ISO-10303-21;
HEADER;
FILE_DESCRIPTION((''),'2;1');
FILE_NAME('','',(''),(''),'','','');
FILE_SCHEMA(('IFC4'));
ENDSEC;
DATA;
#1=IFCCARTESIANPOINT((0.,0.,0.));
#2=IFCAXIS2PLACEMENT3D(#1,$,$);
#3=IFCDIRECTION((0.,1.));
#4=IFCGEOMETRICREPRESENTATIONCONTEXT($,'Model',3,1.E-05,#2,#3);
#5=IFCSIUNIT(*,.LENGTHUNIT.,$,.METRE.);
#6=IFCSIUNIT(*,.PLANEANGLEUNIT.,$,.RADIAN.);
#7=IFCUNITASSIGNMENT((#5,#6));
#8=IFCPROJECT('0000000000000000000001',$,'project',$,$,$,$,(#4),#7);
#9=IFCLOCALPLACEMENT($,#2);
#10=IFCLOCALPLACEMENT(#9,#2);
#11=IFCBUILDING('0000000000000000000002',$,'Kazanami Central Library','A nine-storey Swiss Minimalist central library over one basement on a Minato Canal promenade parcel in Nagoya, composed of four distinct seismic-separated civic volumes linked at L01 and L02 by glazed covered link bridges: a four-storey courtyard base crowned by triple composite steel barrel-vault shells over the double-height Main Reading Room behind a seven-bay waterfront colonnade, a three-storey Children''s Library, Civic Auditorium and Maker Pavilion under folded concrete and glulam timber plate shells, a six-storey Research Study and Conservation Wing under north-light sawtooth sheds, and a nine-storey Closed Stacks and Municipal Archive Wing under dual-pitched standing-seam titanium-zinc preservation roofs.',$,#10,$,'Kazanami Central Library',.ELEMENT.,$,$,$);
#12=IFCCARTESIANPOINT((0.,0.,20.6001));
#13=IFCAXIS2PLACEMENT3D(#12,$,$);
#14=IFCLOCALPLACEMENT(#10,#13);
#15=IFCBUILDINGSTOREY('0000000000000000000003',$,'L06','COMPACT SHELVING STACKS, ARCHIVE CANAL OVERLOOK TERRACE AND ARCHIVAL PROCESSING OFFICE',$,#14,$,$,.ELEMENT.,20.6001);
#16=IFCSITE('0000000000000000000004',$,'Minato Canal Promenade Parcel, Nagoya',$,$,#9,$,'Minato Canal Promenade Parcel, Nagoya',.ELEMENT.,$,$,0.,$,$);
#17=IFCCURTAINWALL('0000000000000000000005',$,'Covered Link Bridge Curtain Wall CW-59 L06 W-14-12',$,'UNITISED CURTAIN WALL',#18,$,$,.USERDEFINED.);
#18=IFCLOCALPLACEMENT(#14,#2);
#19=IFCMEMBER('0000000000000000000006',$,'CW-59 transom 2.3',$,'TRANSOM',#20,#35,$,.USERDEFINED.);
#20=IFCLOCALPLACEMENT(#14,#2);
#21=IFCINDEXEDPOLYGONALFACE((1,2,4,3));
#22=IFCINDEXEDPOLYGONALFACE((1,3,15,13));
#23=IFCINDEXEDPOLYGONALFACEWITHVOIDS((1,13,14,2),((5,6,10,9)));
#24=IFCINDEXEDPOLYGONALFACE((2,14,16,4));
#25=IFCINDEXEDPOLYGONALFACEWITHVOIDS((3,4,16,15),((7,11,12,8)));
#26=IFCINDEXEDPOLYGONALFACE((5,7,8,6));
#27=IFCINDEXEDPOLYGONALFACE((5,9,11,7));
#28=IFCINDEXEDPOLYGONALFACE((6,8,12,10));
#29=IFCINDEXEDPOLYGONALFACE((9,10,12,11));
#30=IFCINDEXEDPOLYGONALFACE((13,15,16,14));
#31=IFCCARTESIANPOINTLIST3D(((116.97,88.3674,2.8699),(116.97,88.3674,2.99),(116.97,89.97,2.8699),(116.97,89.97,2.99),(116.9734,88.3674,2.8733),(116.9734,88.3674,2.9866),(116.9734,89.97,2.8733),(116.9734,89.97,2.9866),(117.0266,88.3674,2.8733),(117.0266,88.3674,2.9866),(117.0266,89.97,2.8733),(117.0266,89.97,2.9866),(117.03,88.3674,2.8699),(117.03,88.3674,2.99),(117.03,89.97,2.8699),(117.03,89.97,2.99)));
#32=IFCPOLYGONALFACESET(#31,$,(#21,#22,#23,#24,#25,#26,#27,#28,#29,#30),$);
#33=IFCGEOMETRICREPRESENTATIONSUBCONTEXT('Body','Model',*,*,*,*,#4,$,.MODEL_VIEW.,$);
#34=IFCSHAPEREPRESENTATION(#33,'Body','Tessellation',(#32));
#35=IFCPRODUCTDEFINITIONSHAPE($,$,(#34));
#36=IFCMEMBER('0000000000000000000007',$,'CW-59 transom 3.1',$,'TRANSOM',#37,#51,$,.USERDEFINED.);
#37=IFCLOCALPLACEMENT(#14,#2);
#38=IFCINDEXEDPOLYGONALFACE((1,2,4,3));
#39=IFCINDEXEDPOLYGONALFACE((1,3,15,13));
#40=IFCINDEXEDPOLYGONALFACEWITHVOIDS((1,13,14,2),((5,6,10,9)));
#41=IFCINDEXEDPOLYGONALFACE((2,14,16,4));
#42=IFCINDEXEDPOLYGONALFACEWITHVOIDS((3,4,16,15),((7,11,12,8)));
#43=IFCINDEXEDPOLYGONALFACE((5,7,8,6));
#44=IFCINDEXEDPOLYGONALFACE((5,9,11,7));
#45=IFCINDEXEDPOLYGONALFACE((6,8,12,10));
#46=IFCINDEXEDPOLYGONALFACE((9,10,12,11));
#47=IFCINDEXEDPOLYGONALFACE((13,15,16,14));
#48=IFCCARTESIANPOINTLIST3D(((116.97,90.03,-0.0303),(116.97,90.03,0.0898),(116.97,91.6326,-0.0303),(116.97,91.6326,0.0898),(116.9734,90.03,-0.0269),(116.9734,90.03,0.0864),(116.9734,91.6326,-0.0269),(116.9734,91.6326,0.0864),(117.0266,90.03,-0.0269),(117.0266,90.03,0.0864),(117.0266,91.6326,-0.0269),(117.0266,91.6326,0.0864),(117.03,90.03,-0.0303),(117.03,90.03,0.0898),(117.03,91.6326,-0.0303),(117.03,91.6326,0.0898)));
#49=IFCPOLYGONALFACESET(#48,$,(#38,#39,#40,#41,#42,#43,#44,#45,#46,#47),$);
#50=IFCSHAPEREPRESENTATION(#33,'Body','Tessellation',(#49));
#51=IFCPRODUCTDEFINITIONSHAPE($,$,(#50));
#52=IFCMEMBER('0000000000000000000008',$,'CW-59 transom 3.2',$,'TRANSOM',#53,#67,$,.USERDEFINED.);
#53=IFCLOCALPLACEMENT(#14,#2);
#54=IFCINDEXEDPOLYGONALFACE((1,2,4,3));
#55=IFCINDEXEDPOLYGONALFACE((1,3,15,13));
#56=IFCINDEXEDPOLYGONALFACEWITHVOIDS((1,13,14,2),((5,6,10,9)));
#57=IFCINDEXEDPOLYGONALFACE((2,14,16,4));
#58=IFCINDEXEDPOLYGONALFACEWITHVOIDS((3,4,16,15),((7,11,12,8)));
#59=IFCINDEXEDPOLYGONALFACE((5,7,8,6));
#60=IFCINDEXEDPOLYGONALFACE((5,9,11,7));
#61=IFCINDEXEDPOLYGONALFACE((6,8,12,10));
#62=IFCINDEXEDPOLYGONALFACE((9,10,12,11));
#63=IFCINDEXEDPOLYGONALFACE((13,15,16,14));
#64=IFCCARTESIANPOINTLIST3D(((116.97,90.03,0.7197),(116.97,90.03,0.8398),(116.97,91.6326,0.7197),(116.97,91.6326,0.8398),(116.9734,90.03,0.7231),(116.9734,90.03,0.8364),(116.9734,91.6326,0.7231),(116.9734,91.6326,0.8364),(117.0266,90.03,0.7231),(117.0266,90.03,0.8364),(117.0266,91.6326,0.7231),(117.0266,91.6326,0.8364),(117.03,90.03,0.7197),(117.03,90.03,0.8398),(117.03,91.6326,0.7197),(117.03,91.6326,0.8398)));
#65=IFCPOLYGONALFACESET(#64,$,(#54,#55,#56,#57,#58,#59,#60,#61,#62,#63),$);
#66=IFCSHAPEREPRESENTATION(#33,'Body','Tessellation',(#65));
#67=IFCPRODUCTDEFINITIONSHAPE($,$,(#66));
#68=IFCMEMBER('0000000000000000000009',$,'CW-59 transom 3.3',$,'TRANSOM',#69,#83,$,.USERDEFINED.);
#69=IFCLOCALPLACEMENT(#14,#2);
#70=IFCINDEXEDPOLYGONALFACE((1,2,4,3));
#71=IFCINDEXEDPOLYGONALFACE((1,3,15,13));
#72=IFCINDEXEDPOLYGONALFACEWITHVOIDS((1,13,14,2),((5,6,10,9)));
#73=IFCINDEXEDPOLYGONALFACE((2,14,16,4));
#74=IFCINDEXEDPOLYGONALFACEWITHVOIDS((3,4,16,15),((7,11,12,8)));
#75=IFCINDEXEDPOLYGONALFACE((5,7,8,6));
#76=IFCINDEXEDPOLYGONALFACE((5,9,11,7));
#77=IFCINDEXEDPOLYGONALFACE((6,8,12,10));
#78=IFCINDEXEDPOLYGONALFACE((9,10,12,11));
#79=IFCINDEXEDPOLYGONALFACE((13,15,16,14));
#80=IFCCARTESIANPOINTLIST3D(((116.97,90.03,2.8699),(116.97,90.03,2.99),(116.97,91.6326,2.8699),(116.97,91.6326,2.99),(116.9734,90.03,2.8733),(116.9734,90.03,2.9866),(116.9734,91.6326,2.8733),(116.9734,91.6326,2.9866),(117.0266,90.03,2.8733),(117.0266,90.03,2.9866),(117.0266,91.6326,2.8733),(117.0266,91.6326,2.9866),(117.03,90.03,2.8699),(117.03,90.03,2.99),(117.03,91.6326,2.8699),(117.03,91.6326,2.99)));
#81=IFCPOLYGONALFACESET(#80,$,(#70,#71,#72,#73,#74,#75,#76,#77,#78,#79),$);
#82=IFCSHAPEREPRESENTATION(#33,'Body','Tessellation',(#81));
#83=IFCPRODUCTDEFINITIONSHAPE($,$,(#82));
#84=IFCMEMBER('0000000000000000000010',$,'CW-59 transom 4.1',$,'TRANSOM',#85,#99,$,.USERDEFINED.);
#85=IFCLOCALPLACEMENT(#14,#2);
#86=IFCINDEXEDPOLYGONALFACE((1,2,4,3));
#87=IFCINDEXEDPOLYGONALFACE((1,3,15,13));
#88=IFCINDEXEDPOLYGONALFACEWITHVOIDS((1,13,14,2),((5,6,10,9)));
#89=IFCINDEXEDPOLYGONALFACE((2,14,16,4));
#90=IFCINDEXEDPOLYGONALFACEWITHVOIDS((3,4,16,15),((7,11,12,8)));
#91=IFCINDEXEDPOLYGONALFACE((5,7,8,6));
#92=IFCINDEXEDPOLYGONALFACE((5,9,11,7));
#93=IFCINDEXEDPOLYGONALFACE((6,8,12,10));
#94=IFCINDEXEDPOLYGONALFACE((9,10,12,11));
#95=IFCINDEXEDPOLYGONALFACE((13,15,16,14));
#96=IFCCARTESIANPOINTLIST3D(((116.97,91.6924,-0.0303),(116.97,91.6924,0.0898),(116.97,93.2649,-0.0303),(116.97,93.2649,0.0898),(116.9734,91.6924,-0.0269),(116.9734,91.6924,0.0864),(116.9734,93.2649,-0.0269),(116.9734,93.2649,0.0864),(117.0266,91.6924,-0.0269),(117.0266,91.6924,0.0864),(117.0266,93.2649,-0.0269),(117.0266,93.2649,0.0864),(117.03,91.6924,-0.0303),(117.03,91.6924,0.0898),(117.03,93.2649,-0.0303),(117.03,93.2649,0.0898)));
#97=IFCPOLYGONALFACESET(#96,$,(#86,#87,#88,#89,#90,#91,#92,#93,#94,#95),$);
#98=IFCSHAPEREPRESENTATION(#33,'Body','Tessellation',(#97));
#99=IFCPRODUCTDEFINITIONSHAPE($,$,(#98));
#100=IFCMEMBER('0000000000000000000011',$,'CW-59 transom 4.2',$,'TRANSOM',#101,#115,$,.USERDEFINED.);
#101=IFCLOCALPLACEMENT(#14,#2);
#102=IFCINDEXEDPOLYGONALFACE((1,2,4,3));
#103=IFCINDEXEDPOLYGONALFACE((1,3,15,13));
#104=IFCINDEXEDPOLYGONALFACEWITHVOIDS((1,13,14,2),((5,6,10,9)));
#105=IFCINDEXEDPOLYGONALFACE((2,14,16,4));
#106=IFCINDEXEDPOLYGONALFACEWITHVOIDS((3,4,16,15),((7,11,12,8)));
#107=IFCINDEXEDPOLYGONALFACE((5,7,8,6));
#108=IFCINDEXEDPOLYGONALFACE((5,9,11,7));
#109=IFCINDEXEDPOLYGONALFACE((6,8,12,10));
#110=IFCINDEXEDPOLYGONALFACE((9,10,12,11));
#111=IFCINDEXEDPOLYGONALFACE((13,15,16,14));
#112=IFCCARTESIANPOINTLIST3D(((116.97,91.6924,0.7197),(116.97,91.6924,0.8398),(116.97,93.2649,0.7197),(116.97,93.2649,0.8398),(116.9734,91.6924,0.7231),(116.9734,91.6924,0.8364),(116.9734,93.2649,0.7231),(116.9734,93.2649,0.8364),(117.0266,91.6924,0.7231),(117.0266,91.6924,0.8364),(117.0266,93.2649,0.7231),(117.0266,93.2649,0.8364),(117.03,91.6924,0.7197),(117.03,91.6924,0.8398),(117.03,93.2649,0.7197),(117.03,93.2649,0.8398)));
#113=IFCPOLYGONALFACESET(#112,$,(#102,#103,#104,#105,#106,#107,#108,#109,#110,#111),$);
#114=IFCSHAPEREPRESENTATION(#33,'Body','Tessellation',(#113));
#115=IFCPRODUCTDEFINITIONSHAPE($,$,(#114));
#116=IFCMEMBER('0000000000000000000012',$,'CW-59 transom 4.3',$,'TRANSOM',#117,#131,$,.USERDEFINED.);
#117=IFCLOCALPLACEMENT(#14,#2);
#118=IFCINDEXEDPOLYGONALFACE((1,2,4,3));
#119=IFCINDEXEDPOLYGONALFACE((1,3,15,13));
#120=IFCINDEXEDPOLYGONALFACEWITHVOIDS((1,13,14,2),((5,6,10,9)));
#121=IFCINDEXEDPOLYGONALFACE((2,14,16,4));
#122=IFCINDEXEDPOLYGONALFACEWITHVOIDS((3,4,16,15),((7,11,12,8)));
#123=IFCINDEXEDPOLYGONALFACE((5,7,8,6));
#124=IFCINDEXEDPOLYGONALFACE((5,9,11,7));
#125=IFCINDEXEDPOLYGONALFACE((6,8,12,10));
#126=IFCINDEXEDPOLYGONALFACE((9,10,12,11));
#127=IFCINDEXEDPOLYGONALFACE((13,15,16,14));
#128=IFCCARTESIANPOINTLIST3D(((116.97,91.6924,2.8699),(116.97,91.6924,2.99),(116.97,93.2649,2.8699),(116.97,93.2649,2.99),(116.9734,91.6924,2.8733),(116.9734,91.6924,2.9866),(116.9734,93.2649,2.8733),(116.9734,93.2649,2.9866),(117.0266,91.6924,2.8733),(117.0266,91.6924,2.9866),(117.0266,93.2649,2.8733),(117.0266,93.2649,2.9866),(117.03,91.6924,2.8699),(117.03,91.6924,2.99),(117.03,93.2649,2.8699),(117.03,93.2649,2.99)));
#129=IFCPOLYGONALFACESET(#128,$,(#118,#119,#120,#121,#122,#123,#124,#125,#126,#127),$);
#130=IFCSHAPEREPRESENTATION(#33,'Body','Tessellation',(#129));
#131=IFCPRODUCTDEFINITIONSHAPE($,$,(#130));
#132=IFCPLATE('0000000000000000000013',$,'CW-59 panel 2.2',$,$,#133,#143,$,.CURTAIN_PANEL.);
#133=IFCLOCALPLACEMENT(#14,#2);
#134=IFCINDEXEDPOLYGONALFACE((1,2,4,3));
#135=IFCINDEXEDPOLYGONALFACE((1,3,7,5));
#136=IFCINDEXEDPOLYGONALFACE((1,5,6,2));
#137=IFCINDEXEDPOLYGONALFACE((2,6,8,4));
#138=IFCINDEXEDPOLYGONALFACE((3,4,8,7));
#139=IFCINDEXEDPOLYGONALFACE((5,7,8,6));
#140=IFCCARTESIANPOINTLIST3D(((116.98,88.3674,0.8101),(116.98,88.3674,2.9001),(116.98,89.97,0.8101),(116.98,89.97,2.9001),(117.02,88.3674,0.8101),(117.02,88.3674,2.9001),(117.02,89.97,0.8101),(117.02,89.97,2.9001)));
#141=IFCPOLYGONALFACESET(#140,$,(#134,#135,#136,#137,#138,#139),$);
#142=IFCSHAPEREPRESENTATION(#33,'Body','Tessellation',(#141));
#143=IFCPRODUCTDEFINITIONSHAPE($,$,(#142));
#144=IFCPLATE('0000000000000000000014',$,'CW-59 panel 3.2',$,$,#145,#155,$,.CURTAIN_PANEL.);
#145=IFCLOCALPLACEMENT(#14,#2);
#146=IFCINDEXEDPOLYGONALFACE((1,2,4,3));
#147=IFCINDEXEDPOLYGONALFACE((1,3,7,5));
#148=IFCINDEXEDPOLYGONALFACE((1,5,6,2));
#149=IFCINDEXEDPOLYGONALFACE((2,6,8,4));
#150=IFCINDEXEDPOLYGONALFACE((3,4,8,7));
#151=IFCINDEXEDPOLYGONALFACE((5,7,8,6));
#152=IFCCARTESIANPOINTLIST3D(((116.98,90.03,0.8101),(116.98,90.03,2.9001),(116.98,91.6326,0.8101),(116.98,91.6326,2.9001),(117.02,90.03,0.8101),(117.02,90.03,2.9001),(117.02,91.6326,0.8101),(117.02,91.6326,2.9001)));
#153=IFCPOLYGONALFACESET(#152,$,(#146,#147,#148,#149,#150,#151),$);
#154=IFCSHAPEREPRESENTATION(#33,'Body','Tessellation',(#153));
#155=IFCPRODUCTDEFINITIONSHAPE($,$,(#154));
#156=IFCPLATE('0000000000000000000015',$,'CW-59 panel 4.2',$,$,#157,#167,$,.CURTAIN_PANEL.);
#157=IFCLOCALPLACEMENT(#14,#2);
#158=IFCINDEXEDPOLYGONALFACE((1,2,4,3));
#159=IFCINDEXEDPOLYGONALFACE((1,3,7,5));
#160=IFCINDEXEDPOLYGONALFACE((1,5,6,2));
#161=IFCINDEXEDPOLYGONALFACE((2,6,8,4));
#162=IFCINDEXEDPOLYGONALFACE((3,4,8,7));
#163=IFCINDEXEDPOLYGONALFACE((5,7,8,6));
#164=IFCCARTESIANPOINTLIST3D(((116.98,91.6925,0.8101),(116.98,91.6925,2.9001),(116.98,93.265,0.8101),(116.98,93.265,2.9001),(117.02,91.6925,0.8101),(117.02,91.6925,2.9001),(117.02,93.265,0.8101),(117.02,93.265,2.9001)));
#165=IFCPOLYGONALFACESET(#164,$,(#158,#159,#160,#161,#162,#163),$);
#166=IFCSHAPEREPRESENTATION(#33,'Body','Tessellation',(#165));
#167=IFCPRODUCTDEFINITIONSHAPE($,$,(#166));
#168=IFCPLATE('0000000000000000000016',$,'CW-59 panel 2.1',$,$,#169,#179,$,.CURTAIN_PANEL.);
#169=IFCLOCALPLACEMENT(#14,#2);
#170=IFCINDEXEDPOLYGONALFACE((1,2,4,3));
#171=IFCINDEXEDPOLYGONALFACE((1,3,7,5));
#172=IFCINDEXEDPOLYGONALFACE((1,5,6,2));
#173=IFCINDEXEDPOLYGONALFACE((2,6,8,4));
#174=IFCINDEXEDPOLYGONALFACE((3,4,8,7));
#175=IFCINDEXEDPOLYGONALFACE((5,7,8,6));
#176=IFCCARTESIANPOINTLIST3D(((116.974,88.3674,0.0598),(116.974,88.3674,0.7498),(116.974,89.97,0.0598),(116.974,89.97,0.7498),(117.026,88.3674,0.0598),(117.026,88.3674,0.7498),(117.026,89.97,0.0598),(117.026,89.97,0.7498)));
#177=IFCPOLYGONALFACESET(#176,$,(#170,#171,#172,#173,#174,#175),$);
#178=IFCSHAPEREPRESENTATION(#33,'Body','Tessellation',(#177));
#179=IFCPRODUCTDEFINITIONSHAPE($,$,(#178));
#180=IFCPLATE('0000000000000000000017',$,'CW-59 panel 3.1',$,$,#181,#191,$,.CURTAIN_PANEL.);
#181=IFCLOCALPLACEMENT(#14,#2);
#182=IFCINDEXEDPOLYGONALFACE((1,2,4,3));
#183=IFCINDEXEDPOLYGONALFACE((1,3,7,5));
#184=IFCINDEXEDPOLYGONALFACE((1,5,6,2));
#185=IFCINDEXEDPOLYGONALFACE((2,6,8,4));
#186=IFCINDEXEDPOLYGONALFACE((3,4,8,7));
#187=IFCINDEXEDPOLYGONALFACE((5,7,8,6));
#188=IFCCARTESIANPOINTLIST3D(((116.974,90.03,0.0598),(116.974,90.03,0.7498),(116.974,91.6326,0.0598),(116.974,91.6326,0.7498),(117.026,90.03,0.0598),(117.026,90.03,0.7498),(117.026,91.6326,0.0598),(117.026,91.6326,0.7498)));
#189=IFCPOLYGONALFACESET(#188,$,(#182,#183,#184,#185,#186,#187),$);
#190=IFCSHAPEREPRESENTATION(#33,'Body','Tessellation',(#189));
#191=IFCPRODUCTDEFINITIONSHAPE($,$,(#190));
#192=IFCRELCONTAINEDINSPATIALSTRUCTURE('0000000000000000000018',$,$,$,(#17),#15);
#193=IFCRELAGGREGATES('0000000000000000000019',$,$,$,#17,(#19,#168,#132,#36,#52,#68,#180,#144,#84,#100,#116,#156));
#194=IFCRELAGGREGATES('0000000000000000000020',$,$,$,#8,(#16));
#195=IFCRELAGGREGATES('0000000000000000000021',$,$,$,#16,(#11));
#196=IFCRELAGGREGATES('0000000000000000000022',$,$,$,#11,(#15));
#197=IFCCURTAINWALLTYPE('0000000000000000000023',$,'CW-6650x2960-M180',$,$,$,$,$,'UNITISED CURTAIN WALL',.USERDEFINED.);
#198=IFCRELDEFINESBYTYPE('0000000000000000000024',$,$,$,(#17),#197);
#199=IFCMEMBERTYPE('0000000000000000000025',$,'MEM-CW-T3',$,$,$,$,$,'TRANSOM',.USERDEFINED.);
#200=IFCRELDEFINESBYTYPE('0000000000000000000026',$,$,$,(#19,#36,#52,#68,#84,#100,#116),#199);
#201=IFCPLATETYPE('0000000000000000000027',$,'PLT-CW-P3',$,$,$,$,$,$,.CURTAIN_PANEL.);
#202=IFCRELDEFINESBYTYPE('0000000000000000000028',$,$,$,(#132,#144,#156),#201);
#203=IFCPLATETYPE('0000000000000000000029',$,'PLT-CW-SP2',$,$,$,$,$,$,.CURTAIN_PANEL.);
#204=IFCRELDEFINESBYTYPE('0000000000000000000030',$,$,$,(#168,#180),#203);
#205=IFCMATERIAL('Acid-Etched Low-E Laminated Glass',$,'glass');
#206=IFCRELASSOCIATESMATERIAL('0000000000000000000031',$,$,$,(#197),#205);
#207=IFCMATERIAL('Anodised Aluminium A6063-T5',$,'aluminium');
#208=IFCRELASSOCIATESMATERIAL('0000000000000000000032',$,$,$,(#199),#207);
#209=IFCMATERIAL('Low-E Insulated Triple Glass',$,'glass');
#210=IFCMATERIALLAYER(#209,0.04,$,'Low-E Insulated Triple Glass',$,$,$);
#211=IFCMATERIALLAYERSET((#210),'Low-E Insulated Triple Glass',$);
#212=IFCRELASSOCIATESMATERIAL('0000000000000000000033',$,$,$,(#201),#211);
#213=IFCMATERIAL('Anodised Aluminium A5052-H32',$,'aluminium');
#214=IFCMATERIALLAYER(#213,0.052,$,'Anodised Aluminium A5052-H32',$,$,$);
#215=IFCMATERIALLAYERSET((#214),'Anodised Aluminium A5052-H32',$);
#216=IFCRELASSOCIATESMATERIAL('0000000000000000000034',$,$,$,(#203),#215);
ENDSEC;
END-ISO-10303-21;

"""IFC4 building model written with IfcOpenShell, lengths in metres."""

from ifc_helpers import new_model, si_unit, direction, frame, origin, origin_2d, place, context, subcontext, project, spatial, rectangle, hollow_rectangle, extrude, material, layer, layer_set, material_profile, profile_set, type_object, element, aggregate, save


model = new_model("IFC4")

# Units and contexts
model_context = context("Model", 3, precision=1e-05, world=origin(), true_north=direction((0.0, 1.0)))
body_context = subcontext(model_context, "Body", "Model", "MODEL_VIEW")
ifc_project = project(units=[si_unit("LENGTHUNIT", "METRE"), si_unit("PLANEANGLEUNIT", "RADIAN")], contexts=[model_context])

# Site, building, storey
site_placement = place(None, origin())
site = spatial("IfcSite", under=ifc_project, at=site_placement, Name="Minato Canal Promenade Parcel, Nagoya", LongName="Minato Canal Promenade Parcel, Nagoya", CompositionType="ELEMENT", RefElevation=0.0)
building_placement = place(site_placement, origin())
building = spatial("IfcBuilding", under=site, at=building_placement, Name="Kazanami Central Library", Description="A nine-storey Swiss Minimalist central library over one basement on a Minato Canal promenade parcel in Nagoya, composed of four distinct seismic-separated civic volumes linked at L01 and L02 by glazed covered link bridges: a four-storey courtyard base crowned by triple composite steel barrel-vault shells over the double-height Main Reading Room behind a seven-bay waterfront colonnade, a three-storey Children's Library, Civic Auditorium and Maker Pavilion under folded concrete and glulam timber plate shells, a six-storey Research Study and Conservation Wing under north-light sawtooth sheds, and a nine-storey Closed Stacks and Municipal Archive Wing under dual-pitched standing-seam titanium-zinc preservation roofs.", LongName="Kazanami Central Library", CompositionType="ELEMENT")
storey_placement = place(building_placement, frame((0.0, 0.0, 20.6001)))
storey = spatial("IfcBuildingStorey", under=building, at=storey_placement, Name="L06", Description="COMPACT SHELVING STACKS, ARCHIVE CANAL OVERLOOK TERRACE AND ARCHIVAL PROCESSING OFFICE", CompositionType="ELEMENT", Elevation=20.6001)

# Curtain wall, members, plates
ifc_material_1 = material(Name="Acid-Etched Low-E Laminated Glass", Category="glass")
curtain_wall_type = type_object("IfcCurtainWallType", Name="CW-6650x2960-M180", ElementType="UNITISED CURTAIN WALL", PredefinedType="USERDEFINED", material=ifc_material_1)
curtain_wall_placement = place(storey_placement, origin())
curtain_wall = element("IfcCurtainWall", 1, at=curtain_wall_placement, inside=storey, type_object=curtain_wall_type, Name="Covered Link Bridge Curtain Wall CW-59 L06 W-14-12", ObjectType="UNITISED CURTAIN WALL", PredefinedType="USERDEFINED")
ifc_material_2 = material(Name="Anodised Aluminium A6063-T5", Category="aluminium")
ifc_material_profile_1 = material_profile(ifc_material_2, hollow_rectangle(XDim=0.0601, YDim=0.1201, WallThickness=0.0034, at=origin_2d()), Name="ALU-TRAN-60x120x3.5")
ifc_profile_set_1 = profile_set([ifc_material_profile_1], Name="Anodised Aluminium A6063-T5")
member_type_1 = type_object("IfcMemberType", Name="MEM-CW-T3", ElementType="TRANSOM", PredefinedType="USERDEFINED", material=ifc_profile_set_1)
member_1_placement = place(storey_placement, frame((117.0, 88.3674, 2.9299), z_axis=(0.0, 1.0, 0.0), x_axis=(-1.0, 0.0, 0.0)))
member_1 = element("IfcMember", 2, at=member_1_placement, type_object=member_type_1, Name="CW-59 transom 2.3", ObjectType="TRANSOM", PredefinedType="USERDEFINED", context=body_context, shape_type="SweptSolid", body=[
    extrude(hollow_rectangle(XDim=0.0601, YDim=0.1201, WallThickness=0.0034, at=origin_2d()), origin(), (0.0, 0.0, 1.0), 1.6025),
])
member_2_placement = place(storey_placement, frame((117.0, 90.03, 0.0298), z_axis=(0.0, 1.0, 0.0), x_axis=(-1.0, 0.0, 0.0)))
member_2 = element("IfcMember", 3, at=member_2_placement, type_object=member_type_1, Name="CW-59 transom 3.1", ObjectType="TRANSOM", PredefinedType="USERDEFINED", context=body_context, shape_type="SweptSolid", body=[
    extrude(hollow_rectangle(XDim=0.0601, YDim=0.1201, WallThickness=0.0034, at=origin_2d()), origin(), (0.0, 0.0, 1.0), 1.6025),
])
member_3_placement = place(storey_placement, frame((117.0, 90.03, 0.7798), z_axis=(0.0, 1.0, 0.0), x_axis=(-1.0, 0.0, 0.0)))
member_3 = element("IfcMember", 4, at=member_3_placement, type_object=member_type_1, Name="CW-59 transom 3.2", ObjectType="TRANSOM", PredefinedType="USERDEFINED", context=body_context, shape_type="SweptSolid", body=[
    extrude(hollow_rectangle(XDim=0.0601, YDim=0.1201, WallThickness=0.0034, at=origin_2d()), origin(), (0.0, 0.0, 1.0), 1.6025),
])
member_4_placement = place(storey_placement, frame((117.0, 90.03, 2.9299), z_axis=(0.0, 1.0, 0.0), x_axis=(-1.0, 0.0, 0.0)))
member_4 = element("IfcMember", 5, at=member_4_placement, type_object=member_type_1, Name="CW-59 transom 3.3", ObjectType="TRANSOM", PredefinedType="USERDEFINED", context=body_context, shape_type="SweptSolid", body=[
    extrude(hollow_rectangle(XDim=0.0601, YDim=0.1201, WallThickness=0.0034, at=origin_2d()), origin(), (0.0, 0.0, 1.0), 1.6025),
])
member_5_placement = place(storey_placement, frame((117.0, 91.6924, 0.0298), z_axis=(0.0, 1.0, 0.0), x_axis=(-1.0, 0.0, 0.0)))
member_5 = element("IfcMember", 6, at=member_5_placement, type_object=member_type_1, Name="CW-59 transom 4.1", ObjectType="TRANSOM", PredefinedType="USERDEFINED", context=body_context, shape_type="SweptSolid", body=[
    extrude(hollow_rectangle(XDim=0.0601, YDim=0.1201, WallThickness=0.0034, at=origin_2d()), origin(), (0.0, 0.0, 1.0), 1.5725),
])
member_6_placement = place(storey_placement, frame((117.0, 91.6924, 0.7798), z_axis=(0.0, 1.0, 0.0), x_axis=(-1.0, 0.0, 0.0)))
member_6 = element("IfcMember", 7, at=member_6_placement, type_object=member_type_1, Name="CW-59 transom 4.2", ObjectType="TRANSOM", PredefinedType="USERDEFINED", context=body_context, shape_type="SweptSolid", body=[
    extrude(hollow_rectangle(XDim=0.0601, YDim=0.1201, WallThickness=0.0034, at=origin_2d()), origin(), (0.0, 0.0, 1.0), 1.5725),
])
member_7_placement = place(storey_placement, frame((117.0, 91.6924, 2.9299), z_axis=(0.0, 1.0, 0.0), x_axis=(-1.0, 0.0, 0.0)))
member_7 = element("IfcMember", 8, at=member_7_placement, type_object=member_type_1, Name="CW-59 transom 4.3", ObjectType="TRANSOM", PredefinedType="USERDEFINED", context=body_context, shape_type="SweptSolid", body=[
    extrude(hollow_rectangle(XDim=0.0601, YDim=0.1201, WallThickness=0.0034, at=origin_2d()), origin(), (0.0, 0.0, 1.0), 1.5725),
])
ifc_material_3 = material(Name="Low-E Insulated Triple Glass", Category="glass")
ifc_layer_1 = layer(ifc_material_3, 0.04, Name="Low-E Insulated Triple Glass")
ifc_layer_set_1 = layer_set([ifc_layer_1], Name="Low-E Insulated Triple Glass")
plate_type_1 = type_object("IfcPlateType", Name="PLT-CW-P3", PredefinedType="CURTAIN_PANEL", material=ifc_layer_set_1)
plate_1_placement = place(storey_placement, frame((117.0, 89.1687, 0.8101), z_axis=(0.0, 0.0, 1.0), x_axis=(0.0, 1.0, 0.0)))
plate_1 = element("IfcPlate", 9, at=plate_1_placement, type_object=plate_type_1, Name="CW-59 panel 2.2", PredefinedType="CURTAIN_PANEL", context=body_context, shape_type="SweptSolid", body=[
    extrude(rectangle(XDim=1.6025, YDim=0.04, at=origin_2d()), origin(), (0.0, 0.0, 1.0), 2.0901),
])
plate_2_placement = place(storey_placement, frame((117.0, 90.8313, 0.8101), z_axis=(0.0, 0.0, 1.0), x_axis=(0.0, 1.0, 0.0)))
plate_2 = element("IfcPlate", 10, at=plate_2_placement, type_object=plate_type_1, Name="CW-59 panel 3.2", PredefinedType="CURTAIN_PANEL", context=body_context, shape_type="SweptSolid", body=[
    extrude(rectangle(XDim=1.6025, YDim=0.04, at=origin_2d()), origin(), (0.0, 0.0, 1.0), 2.0901),
])
plate_3_placement = place(storey_placement, frame((117.0, 92.4788, 0.8101), z_axis=(0.0, 0.0, 1.0), x_axis=(0.0, 1.0, 0.0)))
plate_3 = element("IfcPlate", 11, at=plate_3_placement, type_object=plate_type_1, Name="CW-59 panel 4.2", PredefinedType="CURTAIN_PANEL", context=body_context, shape_type="SweptSolid", body=[
    extrude(rectangle(XDim=1.5725, YDim=0.04, at=origin_2d()), origin(), (0.0, 0.0, 1.0), 2.0901),
])
ifc_material_4 = material(Name="Anodised Aluminium A5052-H32", Category="aluminium")
ifc_layer_2 = layer(ifc_material_4, 0.052, Name="Anodised Aluminium A5052-H32")
ifc_layer_set_2 = layer_set([ifc_layer_2], Name="Anodised Aluminium A5052-H32")
plate_type_2 = type_object("IfcPlateType", Name="PLT-CW-SP2", PredefinedType="CURTAIN_PANEL", material=ifc_layer_set_2)
plate_4_placement = place(storey_placement, frame((117.0, 89.1687, 0.0598), z_axis=(0.0, 0.0, 1.0), x_axis=(0.0, 1.0, 0.0)))
plate_4 = element("IfcPlate", 12, at=plate_4_placement, type_object=plate_type_2, Name="CW-59 panel 2.1", PredefinedType="CURTAIN_PANEL", context=body_context, shape_type="SweptSolid", body=[
    extrude(rectangle(XDim=1.6025, YDim=0.052, at=origin_2d()), origin(), (0.0, 0.0, 1.0), 0.6899),
])
plate_5_placement = place(storey_placement, frame((117.0, 90.8313, 0.0598), z_axis=(0.0, 0.0, 1.0), x_axis=(0.0, 1.0, 0.0)))
plate_5 = element("IfcPlate", 13, at=plate_5_placement, type_object=plate_type_2, Name="CW-59 panel 3.1", PredefinedType="CURTAIN_PANEL", context=body_context, shape_type="SweptSolid", body=[
    extrude(rectangle(XDim=1.6025, YDim=0.052, at=origin_2d()), origin(), (0.0, 0.0, 1.0), 0.6899),
])
aggregate(curtain_wall, [member_1, plate_4, plate_1, member_2, member_3, member_4, plate_5, plate_2, member_5, member_6, member_7, plate_3])

save(model, "model.ifc")
